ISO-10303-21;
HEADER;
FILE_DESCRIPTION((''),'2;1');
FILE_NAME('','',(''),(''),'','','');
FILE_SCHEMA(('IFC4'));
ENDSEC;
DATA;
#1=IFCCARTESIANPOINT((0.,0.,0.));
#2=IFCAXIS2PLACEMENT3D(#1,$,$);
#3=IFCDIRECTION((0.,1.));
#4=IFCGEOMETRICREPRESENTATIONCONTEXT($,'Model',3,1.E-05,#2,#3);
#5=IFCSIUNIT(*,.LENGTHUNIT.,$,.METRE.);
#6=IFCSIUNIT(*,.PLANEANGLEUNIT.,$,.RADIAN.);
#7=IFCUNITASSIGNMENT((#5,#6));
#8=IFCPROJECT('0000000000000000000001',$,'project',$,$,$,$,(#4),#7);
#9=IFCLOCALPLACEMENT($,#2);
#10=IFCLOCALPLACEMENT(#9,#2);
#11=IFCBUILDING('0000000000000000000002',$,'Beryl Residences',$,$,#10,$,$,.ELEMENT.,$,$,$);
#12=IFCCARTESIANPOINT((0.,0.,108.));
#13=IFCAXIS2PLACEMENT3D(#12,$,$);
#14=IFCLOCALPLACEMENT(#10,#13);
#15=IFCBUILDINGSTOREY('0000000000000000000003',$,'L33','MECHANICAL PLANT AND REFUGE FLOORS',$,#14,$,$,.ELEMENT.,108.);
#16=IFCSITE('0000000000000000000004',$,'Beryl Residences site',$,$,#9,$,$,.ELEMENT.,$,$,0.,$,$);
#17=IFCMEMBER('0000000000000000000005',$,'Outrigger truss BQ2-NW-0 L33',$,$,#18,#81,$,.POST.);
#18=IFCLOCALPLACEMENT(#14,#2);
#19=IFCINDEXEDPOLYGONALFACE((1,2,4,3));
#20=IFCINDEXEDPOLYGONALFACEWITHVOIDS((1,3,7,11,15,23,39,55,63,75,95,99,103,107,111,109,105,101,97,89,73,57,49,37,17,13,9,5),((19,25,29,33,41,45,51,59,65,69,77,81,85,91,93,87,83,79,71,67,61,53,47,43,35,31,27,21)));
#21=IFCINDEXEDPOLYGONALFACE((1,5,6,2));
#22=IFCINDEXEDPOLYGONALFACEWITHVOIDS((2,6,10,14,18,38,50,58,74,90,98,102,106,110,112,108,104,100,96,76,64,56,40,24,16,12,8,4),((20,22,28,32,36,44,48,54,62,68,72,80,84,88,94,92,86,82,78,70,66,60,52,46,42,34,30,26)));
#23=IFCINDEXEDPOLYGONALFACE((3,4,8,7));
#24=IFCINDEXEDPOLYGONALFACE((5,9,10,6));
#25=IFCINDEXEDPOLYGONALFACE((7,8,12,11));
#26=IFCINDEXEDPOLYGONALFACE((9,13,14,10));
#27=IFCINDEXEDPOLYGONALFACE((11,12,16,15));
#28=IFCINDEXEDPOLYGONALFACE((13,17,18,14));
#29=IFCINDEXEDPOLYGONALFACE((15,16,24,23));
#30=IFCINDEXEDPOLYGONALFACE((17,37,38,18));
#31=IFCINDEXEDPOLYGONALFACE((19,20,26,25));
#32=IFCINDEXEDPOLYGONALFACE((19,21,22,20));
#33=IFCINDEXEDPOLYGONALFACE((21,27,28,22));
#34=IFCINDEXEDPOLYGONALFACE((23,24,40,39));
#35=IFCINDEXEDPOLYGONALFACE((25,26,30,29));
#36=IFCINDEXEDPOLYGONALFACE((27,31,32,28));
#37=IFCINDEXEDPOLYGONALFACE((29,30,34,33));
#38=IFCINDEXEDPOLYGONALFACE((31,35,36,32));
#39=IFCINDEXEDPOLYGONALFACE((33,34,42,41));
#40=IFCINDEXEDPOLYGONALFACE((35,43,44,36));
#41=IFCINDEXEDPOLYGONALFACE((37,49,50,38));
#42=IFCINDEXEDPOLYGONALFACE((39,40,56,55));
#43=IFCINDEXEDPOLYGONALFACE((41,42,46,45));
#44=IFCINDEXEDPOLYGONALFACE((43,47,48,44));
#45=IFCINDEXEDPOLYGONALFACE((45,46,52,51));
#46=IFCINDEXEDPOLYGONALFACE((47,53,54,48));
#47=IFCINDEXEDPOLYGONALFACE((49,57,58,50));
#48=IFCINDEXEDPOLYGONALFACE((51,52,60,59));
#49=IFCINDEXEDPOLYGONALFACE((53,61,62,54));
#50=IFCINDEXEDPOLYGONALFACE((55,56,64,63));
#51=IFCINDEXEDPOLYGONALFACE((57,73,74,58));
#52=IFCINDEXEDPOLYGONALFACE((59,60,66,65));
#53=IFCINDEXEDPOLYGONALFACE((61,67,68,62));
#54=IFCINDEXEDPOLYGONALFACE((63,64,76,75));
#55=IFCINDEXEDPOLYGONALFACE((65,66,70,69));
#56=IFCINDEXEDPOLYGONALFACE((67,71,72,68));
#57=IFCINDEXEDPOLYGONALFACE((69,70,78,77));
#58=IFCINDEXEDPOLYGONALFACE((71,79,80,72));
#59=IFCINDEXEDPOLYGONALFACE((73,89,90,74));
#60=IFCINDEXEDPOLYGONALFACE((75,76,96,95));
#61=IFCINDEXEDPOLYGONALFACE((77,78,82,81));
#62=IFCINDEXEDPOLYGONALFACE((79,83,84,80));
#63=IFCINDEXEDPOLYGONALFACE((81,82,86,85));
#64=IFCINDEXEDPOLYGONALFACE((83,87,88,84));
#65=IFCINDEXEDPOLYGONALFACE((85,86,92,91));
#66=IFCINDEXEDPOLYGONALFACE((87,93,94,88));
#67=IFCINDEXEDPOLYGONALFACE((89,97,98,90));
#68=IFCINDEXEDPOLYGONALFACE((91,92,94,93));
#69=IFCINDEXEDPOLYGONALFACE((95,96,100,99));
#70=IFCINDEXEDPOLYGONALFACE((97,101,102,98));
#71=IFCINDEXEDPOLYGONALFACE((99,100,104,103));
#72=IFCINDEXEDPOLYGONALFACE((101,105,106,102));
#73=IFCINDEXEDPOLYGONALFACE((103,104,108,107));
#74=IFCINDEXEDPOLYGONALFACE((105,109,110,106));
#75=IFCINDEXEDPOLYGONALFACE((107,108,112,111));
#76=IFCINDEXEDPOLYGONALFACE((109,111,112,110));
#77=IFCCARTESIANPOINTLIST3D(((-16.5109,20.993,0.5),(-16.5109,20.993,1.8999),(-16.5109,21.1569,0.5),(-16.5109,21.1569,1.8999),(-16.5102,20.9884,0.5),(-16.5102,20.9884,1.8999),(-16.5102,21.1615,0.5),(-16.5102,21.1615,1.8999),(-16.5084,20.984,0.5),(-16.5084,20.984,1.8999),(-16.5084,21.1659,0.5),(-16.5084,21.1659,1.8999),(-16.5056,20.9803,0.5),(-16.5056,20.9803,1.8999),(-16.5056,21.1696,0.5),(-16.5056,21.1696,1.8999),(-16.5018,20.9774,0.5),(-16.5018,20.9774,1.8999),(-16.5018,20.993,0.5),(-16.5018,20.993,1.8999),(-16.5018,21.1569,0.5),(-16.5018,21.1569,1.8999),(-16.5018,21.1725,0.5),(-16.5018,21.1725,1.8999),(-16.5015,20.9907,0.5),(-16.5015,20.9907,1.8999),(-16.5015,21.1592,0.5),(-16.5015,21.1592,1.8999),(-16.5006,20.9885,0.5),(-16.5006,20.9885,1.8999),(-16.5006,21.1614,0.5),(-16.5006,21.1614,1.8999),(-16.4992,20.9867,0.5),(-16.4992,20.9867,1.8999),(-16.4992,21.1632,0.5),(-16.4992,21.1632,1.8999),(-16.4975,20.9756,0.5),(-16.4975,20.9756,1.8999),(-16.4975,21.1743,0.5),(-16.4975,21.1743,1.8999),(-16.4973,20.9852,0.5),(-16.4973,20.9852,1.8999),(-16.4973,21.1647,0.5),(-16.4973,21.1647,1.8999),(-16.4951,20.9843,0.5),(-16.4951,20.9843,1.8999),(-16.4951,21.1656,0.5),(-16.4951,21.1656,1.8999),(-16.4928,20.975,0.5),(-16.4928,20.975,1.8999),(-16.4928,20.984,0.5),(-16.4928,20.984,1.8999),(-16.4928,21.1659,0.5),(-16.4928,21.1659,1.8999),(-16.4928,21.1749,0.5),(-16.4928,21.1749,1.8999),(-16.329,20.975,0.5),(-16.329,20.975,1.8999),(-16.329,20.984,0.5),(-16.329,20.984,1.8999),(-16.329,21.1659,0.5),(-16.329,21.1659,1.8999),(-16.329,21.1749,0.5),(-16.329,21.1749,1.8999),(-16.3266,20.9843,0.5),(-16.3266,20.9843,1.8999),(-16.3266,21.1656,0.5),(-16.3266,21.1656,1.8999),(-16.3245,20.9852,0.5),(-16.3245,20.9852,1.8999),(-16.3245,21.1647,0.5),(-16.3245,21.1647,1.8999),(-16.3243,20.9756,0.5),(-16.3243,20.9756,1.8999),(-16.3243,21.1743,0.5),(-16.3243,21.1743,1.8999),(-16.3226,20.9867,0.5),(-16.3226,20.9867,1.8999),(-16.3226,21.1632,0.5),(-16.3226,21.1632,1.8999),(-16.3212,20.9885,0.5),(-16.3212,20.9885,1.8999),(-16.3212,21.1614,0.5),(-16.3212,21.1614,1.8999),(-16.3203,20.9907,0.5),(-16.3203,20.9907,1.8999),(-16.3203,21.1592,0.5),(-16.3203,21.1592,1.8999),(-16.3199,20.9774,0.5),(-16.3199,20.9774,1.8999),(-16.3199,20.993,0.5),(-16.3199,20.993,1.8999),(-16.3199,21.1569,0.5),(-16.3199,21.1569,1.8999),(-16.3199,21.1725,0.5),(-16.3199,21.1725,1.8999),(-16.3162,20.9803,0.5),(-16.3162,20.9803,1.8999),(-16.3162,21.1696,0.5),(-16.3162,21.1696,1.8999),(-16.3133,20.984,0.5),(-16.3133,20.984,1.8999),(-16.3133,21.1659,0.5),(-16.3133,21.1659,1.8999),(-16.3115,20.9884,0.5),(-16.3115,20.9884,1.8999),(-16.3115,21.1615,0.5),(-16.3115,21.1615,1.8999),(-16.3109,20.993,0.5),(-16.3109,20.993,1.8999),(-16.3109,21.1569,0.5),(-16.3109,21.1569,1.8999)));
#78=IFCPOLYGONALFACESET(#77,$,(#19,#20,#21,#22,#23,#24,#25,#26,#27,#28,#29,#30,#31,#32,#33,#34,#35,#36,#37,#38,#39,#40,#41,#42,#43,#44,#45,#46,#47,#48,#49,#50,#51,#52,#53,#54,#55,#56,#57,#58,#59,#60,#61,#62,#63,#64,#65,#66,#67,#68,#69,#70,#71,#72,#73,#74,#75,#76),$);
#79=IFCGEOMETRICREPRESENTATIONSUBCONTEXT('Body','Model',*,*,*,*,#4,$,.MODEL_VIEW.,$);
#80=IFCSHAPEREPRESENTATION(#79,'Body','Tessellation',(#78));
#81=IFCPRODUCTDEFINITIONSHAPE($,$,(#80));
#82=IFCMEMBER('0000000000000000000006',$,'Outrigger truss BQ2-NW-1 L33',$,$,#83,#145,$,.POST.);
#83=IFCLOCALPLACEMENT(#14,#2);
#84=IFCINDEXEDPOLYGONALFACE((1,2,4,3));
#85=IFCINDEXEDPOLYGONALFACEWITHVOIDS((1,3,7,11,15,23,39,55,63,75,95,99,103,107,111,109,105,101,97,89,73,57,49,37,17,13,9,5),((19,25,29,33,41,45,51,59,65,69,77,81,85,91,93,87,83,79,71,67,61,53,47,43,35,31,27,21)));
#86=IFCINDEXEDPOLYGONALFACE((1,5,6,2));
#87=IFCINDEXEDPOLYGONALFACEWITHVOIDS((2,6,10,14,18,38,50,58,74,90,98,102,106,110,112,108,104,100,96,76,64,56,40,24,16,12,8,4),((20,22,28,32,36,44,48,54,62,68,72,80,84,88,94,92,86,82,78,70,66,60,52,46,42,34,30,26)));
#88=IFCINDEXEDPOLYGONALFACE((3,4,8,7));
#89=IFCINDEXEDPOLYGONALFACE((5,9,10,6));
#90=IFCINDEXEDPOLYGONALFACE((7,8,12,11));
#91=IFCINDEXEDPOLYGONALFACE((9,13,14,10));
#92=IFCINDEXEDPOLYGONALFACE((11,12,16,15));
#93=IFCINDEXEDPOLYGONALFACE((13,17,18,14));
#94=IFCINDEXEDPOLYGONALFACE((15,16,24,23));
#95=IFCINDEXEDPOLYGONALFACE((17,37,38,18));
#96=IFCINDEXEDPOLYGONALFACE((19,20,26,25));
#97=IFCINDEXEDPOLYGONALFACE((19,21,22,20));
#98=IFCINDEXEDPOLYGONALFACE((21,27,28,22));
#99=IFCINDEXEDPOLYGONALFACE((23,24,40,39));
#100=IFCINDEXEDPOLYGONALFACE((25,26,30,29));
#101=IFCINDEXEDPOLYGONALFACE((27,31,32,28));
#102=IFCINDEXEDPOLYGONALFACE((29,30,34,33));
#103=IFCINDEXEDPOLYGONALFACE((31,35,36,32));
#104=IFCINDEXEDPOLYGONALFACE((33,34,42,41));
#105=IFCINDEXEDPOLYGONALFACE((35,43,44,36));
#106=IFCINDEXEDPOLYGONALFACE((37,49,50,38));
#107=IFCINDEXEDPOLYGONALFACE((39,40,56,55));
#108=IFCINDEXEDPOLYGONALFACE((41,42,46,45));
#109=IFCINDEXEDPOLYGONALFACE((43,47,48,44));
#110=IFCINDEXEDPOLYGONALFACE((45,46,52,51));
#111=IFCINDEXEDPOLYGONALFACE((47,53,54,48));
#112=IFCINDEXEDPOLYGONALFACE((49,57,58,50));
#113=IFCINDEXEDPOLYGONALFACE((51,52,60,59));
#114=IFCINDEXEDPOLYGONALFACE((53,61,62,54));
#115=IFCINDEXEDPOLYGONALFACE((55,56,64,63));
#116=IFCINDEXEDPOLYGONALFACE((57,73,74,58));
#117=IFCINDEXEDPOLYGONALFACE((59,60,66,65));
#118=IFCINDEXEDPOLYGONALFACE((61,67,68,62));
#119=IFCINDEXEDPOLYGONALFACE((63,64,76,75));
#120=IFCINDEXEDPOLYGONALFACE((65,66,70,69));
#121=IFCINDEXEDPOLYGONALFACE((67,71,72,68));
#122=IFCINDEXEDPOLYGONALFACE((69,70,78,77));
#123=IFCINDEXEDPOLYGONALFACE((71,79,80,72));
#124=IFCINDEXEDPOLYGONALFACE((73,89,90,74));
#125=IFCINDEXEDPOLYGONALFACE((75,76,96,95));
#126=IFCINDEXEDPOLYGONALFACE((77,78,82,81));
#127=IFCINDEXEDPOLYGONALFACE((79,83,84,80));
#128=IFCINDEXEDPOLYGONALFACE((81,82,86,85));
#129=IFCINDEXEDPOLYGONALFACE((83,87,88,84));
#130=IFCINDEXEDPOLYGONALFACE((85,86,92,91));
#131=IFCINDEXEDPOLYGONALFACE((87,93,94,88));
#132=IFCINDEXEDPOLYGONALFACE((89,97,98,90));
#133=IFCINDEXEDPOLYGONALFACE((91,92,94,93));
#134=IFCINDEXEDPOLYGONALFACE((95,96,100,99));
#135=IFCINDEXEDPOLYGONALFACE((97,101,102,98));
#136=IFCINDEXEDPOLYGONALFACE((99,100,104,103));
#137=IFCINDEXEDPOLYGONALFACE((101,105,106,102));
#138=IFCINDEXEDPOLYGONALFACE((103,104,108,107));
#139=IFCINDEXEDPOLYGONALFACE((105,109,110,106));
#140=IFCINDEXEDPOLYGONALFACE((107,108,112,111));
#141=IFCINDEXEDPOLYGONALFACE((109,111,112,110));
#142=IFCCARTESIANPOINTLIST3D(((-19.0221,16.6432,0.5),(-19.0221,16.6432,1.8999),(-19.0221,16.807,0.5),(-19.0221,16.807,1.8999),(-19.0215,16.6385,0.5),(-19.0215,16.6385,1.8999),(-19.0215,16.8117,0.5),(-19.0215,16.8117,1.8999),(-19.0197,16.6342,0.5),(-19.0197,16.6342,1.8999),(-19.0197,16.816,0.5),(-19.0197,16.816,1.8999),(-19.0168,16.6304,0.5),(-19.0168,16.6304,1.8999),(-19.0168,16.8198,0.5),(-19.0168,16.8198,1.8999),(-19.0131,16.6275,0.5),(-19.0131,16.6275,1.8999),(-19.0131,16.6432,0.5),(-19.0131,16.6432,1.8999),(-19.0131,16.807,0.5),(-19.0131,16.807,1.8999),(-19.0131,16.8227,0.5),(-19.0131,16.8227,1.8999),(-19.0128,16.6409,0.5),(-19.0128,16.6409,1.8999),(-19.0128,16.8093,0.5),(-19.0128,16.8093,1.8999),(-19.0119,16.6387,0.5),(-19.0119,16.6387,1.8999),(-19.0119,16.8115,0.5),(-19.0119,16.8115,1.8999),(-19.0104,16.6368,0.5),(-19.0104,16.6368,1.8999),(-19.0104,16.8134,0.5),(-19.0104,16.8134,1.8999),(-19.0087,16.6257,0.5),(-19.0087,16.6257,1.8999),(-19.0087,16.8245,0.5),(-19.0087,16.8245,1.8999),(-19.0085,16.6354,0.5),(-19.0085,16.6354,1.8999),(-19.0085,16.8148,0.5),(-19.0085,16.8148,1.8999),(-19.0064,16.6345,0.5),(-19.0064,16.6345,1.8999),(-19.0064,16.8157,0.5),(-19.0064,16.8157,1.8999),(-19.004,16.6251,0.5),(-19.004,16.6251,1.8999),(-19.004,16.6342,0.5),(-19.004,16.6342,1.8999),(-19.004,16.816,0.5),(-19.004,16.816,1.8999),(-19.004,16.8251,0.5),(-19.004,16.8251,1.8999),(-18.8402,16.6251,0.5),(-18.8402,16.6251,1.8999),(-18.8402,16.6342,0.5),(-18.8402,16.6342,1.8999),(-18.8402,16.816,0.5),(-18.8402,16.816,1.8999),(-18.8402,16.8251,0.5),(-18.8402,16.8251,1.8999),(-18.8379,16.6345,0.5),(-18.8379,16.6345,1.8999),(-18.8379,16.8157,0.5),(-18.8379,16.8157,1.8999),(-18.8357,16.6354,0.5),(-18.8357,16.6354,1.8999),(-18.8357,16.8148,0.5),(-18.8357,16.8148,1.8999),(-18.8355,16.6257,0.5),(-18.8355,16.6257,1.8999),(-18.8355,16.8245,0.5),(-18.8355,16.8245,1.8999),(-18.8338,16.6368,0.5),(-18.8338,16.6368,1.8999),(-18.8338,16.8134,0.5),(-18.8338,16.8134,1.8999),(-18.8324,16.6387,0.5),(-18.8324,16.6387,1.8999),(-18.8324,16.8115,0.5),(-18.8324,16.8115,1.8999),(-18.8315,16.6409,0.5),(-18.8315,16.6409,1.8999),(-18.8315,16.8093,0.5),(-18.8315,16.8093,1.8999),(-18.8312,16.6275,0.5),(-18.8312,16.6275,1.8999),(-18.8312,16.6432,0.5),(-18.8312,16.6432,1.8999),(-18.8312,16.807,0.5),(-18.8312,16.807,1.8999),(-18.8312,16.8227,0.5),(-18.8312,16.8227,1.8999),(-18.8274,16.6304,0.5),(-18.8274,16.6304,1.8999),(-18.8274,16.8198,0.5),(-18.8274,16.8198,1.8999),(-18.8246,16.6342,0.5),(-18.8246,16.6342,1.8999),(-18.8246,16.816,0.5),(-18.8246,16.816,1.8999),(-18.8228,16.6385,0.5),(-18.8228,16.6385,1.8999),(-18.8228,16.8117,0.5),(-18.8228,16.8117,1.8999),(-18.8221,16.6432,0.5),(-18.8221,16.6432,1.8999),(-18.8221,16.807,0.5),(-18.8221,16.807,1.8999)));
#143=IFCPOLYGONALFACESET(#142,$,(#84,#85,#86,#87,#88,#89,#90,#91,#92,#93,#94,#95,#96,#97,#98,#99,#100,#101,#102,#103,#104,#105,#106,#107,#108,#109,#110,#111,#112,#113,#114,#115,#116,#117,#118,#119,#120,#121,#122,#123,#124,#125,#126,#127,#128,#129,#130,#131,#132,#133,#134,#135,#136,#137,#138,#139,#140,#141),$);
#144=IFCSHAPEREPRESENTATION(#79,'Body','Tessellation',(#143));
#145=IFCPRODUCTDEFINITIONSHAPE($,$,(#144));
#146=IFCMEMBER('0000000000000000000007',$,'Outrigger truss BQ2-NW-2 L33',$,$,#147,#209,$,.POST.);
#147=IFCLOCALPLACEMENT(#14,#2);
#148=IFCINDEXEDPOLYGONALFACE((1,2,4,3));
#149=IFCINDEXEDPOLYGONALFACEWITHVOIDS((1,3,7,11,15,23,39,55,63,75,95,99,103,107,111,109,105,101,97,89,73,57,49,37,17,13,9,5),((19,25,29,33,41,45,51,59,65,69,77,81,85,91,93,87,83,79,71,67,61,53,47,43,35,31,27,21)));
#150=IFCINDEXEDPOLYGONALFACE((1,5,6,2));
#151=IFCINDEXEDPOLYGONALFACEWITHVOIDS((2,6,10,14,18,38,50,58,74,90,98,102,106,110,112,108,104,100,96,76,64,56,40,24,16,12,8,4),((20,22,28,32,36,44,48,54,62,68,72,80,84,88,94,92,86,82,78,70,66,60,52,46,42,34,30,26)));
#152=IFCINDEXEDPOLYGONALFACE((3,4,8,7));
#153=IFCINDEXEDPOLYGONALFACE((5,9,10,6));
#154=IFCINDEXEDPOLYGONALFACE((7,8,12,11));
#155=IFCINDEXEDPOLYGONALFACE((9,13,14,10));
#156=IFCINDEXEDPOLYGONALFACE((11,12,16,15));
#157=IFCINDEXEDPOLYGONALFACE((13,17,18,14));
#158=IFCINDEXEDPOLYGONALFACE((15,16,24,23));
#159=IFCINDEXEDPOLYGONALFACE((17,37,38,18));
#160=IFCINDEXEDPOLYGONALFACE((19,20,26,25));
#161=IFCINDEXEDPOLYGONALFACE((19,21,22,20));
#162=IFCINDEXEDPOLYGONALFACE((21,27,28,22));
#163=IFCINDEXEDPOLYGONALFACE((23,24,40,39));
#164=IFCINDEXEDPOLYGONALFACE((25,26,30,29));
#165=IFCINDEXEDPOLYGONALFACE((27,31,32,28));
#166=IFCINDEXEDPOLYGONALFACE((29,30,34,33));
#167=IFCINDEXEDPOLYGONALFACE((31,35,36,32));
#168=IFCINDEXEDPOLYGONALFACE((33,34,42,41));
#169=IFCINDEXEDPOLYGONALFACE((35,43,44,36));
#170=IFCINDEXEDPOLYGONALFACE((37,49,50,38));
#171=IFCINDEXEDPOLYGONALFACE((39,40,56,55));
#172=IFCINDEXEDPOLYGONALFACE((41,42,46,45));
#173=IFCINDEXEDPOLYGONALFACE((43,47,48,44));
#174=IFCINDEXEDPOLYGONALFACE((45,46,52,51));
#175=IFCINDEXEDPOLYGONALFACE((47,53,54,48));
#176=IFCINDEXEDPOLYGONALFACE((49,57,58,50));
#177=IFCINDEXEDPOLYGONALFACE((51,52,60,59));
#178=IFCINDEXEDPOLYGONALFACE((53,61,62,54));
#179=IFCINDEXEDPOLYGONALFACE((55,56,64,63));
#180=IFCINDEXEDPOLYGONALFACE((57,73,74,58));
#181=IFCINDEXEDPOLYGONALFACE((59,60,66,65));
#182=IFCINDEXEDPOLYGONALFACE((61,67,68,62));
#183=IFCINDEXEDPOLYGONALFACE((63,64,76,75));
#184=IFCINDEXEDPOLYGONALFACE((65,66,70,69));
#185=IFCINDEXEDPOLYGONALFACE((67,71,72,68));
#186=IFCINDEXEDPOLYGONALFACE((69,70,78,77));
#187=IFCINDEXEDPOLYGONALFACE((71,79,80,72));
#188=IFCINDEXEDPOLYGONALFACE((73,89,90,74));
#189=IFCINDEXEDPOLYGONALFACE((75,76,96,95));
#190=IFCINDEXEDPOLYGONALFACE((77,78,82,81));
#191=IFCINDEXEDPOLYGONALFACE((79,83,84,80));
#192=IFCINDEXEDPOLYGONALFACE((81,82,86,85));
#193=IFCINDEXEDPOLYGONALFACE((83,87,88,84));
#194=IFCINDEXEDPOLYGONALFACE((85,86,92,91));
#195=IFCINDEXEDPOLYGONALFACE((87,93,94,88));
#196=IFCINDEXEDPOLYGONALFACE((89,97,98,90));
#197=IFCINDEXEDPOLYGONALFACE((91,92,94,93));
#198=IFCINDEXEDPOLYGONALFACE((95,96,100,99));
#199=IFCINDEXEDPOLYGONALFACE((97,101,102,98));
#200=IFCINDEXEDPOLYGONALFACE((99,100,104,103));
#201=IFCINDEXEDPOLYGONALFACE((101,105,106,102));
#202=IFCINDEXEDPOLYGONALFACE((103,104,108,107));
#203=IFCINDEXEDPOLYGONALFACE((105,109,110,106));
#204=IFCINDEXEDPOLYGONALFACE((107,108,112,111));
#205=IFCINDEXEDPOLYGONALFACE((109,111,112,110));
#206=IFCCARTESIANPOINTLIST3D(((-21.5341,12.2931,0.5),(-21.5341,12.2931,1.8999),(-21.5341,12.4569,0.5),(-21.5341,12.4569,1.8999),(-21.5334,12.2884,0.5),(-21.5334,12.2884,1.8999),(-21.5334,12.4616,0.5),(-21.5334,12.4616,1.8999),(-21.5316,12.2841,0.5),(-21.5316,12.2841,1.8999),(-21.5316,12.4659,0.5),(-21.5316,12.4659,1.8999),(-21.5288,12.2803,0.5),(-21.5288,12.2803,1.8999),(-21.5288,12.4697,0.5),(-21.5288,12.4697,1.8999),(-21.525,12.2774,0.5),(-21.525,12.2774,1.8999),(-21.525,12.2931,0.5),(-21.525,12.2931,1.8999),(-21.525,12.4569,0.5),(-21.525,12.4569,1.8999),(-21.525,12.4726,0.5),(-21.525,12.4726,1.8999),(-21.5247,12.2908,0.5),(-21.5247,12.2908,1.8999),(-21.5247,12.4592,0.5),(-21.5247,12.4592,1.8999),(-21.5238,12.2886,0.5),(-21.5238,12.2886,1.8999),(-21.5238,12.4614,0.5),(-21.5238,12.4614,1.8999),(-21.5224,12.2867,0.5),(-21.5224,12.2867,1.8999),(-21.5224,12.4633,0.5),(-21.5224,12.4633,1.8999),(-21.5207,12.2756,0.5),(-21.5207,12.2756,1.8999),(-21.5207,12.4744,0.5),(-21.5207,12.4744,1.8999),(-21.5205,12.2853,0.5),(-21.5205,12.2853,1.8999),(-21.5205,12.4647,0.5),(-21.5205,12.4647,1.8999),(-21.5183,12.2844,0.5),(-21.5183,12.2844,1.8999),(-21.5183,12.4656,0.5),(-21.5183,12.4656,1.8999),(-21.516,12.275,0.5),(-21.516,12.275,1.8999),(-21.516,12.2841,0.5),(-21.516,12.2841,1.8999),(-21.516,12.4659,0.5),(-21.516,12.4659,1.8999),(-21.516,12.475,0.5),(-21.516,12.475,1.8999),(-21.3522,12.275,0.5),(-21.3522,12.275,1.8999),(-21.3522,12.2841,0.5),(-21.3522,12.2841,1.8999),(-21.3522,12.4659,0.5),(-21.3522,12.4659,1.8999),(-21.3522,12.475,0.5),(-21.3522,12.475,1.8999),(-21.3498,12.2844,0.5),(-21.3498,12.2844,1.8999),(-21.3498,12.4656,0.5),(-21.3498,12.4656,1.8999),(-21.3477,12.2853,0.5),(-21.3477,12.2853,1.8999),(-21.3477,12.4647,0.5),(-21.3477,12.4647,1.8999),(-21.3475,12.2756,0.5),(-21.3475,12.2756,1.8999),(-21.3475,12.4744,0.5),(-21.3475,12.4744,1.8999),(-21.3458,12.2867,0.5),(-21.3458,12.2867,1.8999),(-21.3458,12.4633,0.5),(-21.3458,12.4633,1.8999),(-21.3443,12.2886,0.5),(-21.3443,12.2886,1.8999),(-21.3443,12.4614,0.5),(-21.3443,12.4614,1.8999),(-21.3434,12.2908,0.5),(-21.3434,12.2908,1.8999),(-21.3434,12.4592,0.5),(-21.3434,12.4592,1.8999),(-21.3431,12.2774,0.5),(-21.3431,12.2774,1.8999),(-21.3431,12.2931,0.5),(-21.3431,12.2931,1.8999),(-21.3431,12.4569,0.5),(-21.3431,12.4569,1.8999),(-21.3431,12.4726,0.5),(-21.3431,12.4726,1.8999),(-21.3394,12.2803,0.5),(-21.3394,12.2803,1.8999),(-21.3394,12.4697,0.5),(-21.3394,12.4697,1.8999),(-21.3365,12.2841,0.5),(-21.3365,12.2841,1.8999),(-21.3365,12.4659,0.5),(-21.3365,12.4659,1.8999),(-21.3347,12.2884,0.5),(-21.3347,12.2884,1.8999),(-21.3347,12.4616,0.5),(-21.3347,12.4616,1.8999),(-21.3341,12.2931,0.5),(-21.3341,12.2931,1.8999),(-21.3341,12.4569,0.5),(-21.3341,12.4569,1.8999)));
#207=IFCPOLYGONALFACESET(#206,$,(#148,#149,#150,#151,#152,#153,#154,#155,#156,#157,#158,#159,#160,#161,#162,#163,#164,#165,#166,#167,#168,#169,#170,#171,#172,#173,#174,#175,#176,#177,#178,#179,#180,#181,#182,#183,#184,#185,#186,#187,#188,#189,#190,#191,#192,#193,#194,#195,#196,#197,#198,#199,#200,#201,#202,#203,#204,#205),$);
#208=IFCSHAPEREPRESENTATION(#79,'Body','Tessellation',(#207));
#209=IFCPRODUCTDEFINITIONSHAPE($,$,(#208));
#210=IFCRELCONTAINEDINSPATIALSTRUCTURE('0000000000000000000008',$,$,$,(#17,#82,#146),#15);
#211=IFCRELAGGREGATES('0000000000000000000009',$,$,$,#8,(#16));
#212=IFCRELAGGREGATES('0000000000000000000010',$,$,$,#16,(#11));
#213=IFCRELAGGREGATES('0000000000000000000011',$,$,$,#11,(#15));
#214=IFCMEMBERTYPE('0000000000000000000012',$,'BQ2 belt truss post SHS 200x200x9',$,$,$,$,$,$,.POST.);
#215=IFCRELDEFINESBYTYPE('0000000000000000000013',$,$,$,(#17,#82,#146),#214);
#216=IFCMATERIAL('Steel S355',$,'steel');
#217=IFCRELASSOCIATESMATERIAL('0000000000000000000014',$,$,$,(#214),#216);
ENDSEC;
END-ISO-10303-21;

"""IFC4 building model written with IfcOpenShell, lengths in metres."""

from ifc_helpers import new_model, si_unit, direction, frame, origin, origin_2d, place, context, subcontext, project, spatial, hollow_rectangle, extrude, material, material_profile, profile_set, type_object, element, save


model = new_model("IFC4")

# Units and contexts
model_context = context("Model", 3, precision=1e-05, world=origin(), true_north=direction((0.0, 1.0)))
body_context = subcontext(model_context, "Body", "Model", "MODEL_VIEW")
ifc_project = project(units=[si_unit("LENGTHUNIT", "METRE"), si_unit("PLANEANGLEUNIT", "RADIAN")], contexts=[model_context])

# Site, building, storey
site_placement = place(None, origin())
site = spatial("IfcSite", under=ifc_project, at=site_placement, Name="Beryl Residences site", CompositionType="ELEMENT", RefElevation=0.0)
building_placement = place(site_placement, origin())
building = spatial("IfcBuilding", under=site, at=building_placement, Name="Beryl Residences", CompositionType="ELEMENT")
storey_placement = place(building_placement, frame((0.0, 0.0, 108.0)))
storey = spatial("IfcBuildingStorey", under=building, at=storey_placement, Name="L33", Description="MECHANICAL PLANT AND REFUGE FLOORS", CompositionType="ELEMENT", Elevation=108.0)

# Members
ifc_material_1 = material(Name="Steel S355", Category="steel")
ifc_material_profile_1 = material_profile(ifc_material_1, hollow_rectangle(XDim=0.2, YDim=0.2, WallThickness=0.009, InnerFilletRadius=0.009, OuterFilletRadius=0.0181, at=origin_2d()))
ifc_profile_set_1 = profile_set([ifc_material_profile_1], Name="Steel S355")
member_type_1 = type_object("IfcMemberType", Name="BQ2 belt truss post SHS 200x200x9", PredefinedType="POST", material=ifc_profile_set_1)
for number, where, z_axis, x_axis, name in (
    (1, (-16.4109, 21.075, 0.5), (0.0, 0.0, 1.0), (1.0, 0.0, 0.0), "Outrigger truss BQ2-NW-0 L33"),
    (2, (-18.9221, 16.7251, 0.5), (0.0, 0.0, 1.0), (1.0, 0.0, 0.0), "Outrigger truss BQ2-NW-1 L33"),
    (3, (-21.4341, 12.375, 0.5), (0.0, 0.0, 1.0), (1.0, 0.0, 0.0), "Outrigger truss BQ2-NW-2 L33"),
):
    element("IfcMember", number, at=place(storey_placement, frame(where, z_axis=z_axis, x_axis=x_axis)), inside=storey, type_object=member_type_1, Name=name, PredefinedType="POST", context=body_context, shape_type="SweptSolid", body=[
        extrude(hollow_rectangle(XDim=0.2, YDim=0.2, WallThickness=0.009, InnerFilletRadius=0.009, OuterFilletRadius=0.0181, at=origin_2d()), origin(), (0.0, 0.0, 1.0), 1.3999),
    ])

save(model, "model.ifc")
